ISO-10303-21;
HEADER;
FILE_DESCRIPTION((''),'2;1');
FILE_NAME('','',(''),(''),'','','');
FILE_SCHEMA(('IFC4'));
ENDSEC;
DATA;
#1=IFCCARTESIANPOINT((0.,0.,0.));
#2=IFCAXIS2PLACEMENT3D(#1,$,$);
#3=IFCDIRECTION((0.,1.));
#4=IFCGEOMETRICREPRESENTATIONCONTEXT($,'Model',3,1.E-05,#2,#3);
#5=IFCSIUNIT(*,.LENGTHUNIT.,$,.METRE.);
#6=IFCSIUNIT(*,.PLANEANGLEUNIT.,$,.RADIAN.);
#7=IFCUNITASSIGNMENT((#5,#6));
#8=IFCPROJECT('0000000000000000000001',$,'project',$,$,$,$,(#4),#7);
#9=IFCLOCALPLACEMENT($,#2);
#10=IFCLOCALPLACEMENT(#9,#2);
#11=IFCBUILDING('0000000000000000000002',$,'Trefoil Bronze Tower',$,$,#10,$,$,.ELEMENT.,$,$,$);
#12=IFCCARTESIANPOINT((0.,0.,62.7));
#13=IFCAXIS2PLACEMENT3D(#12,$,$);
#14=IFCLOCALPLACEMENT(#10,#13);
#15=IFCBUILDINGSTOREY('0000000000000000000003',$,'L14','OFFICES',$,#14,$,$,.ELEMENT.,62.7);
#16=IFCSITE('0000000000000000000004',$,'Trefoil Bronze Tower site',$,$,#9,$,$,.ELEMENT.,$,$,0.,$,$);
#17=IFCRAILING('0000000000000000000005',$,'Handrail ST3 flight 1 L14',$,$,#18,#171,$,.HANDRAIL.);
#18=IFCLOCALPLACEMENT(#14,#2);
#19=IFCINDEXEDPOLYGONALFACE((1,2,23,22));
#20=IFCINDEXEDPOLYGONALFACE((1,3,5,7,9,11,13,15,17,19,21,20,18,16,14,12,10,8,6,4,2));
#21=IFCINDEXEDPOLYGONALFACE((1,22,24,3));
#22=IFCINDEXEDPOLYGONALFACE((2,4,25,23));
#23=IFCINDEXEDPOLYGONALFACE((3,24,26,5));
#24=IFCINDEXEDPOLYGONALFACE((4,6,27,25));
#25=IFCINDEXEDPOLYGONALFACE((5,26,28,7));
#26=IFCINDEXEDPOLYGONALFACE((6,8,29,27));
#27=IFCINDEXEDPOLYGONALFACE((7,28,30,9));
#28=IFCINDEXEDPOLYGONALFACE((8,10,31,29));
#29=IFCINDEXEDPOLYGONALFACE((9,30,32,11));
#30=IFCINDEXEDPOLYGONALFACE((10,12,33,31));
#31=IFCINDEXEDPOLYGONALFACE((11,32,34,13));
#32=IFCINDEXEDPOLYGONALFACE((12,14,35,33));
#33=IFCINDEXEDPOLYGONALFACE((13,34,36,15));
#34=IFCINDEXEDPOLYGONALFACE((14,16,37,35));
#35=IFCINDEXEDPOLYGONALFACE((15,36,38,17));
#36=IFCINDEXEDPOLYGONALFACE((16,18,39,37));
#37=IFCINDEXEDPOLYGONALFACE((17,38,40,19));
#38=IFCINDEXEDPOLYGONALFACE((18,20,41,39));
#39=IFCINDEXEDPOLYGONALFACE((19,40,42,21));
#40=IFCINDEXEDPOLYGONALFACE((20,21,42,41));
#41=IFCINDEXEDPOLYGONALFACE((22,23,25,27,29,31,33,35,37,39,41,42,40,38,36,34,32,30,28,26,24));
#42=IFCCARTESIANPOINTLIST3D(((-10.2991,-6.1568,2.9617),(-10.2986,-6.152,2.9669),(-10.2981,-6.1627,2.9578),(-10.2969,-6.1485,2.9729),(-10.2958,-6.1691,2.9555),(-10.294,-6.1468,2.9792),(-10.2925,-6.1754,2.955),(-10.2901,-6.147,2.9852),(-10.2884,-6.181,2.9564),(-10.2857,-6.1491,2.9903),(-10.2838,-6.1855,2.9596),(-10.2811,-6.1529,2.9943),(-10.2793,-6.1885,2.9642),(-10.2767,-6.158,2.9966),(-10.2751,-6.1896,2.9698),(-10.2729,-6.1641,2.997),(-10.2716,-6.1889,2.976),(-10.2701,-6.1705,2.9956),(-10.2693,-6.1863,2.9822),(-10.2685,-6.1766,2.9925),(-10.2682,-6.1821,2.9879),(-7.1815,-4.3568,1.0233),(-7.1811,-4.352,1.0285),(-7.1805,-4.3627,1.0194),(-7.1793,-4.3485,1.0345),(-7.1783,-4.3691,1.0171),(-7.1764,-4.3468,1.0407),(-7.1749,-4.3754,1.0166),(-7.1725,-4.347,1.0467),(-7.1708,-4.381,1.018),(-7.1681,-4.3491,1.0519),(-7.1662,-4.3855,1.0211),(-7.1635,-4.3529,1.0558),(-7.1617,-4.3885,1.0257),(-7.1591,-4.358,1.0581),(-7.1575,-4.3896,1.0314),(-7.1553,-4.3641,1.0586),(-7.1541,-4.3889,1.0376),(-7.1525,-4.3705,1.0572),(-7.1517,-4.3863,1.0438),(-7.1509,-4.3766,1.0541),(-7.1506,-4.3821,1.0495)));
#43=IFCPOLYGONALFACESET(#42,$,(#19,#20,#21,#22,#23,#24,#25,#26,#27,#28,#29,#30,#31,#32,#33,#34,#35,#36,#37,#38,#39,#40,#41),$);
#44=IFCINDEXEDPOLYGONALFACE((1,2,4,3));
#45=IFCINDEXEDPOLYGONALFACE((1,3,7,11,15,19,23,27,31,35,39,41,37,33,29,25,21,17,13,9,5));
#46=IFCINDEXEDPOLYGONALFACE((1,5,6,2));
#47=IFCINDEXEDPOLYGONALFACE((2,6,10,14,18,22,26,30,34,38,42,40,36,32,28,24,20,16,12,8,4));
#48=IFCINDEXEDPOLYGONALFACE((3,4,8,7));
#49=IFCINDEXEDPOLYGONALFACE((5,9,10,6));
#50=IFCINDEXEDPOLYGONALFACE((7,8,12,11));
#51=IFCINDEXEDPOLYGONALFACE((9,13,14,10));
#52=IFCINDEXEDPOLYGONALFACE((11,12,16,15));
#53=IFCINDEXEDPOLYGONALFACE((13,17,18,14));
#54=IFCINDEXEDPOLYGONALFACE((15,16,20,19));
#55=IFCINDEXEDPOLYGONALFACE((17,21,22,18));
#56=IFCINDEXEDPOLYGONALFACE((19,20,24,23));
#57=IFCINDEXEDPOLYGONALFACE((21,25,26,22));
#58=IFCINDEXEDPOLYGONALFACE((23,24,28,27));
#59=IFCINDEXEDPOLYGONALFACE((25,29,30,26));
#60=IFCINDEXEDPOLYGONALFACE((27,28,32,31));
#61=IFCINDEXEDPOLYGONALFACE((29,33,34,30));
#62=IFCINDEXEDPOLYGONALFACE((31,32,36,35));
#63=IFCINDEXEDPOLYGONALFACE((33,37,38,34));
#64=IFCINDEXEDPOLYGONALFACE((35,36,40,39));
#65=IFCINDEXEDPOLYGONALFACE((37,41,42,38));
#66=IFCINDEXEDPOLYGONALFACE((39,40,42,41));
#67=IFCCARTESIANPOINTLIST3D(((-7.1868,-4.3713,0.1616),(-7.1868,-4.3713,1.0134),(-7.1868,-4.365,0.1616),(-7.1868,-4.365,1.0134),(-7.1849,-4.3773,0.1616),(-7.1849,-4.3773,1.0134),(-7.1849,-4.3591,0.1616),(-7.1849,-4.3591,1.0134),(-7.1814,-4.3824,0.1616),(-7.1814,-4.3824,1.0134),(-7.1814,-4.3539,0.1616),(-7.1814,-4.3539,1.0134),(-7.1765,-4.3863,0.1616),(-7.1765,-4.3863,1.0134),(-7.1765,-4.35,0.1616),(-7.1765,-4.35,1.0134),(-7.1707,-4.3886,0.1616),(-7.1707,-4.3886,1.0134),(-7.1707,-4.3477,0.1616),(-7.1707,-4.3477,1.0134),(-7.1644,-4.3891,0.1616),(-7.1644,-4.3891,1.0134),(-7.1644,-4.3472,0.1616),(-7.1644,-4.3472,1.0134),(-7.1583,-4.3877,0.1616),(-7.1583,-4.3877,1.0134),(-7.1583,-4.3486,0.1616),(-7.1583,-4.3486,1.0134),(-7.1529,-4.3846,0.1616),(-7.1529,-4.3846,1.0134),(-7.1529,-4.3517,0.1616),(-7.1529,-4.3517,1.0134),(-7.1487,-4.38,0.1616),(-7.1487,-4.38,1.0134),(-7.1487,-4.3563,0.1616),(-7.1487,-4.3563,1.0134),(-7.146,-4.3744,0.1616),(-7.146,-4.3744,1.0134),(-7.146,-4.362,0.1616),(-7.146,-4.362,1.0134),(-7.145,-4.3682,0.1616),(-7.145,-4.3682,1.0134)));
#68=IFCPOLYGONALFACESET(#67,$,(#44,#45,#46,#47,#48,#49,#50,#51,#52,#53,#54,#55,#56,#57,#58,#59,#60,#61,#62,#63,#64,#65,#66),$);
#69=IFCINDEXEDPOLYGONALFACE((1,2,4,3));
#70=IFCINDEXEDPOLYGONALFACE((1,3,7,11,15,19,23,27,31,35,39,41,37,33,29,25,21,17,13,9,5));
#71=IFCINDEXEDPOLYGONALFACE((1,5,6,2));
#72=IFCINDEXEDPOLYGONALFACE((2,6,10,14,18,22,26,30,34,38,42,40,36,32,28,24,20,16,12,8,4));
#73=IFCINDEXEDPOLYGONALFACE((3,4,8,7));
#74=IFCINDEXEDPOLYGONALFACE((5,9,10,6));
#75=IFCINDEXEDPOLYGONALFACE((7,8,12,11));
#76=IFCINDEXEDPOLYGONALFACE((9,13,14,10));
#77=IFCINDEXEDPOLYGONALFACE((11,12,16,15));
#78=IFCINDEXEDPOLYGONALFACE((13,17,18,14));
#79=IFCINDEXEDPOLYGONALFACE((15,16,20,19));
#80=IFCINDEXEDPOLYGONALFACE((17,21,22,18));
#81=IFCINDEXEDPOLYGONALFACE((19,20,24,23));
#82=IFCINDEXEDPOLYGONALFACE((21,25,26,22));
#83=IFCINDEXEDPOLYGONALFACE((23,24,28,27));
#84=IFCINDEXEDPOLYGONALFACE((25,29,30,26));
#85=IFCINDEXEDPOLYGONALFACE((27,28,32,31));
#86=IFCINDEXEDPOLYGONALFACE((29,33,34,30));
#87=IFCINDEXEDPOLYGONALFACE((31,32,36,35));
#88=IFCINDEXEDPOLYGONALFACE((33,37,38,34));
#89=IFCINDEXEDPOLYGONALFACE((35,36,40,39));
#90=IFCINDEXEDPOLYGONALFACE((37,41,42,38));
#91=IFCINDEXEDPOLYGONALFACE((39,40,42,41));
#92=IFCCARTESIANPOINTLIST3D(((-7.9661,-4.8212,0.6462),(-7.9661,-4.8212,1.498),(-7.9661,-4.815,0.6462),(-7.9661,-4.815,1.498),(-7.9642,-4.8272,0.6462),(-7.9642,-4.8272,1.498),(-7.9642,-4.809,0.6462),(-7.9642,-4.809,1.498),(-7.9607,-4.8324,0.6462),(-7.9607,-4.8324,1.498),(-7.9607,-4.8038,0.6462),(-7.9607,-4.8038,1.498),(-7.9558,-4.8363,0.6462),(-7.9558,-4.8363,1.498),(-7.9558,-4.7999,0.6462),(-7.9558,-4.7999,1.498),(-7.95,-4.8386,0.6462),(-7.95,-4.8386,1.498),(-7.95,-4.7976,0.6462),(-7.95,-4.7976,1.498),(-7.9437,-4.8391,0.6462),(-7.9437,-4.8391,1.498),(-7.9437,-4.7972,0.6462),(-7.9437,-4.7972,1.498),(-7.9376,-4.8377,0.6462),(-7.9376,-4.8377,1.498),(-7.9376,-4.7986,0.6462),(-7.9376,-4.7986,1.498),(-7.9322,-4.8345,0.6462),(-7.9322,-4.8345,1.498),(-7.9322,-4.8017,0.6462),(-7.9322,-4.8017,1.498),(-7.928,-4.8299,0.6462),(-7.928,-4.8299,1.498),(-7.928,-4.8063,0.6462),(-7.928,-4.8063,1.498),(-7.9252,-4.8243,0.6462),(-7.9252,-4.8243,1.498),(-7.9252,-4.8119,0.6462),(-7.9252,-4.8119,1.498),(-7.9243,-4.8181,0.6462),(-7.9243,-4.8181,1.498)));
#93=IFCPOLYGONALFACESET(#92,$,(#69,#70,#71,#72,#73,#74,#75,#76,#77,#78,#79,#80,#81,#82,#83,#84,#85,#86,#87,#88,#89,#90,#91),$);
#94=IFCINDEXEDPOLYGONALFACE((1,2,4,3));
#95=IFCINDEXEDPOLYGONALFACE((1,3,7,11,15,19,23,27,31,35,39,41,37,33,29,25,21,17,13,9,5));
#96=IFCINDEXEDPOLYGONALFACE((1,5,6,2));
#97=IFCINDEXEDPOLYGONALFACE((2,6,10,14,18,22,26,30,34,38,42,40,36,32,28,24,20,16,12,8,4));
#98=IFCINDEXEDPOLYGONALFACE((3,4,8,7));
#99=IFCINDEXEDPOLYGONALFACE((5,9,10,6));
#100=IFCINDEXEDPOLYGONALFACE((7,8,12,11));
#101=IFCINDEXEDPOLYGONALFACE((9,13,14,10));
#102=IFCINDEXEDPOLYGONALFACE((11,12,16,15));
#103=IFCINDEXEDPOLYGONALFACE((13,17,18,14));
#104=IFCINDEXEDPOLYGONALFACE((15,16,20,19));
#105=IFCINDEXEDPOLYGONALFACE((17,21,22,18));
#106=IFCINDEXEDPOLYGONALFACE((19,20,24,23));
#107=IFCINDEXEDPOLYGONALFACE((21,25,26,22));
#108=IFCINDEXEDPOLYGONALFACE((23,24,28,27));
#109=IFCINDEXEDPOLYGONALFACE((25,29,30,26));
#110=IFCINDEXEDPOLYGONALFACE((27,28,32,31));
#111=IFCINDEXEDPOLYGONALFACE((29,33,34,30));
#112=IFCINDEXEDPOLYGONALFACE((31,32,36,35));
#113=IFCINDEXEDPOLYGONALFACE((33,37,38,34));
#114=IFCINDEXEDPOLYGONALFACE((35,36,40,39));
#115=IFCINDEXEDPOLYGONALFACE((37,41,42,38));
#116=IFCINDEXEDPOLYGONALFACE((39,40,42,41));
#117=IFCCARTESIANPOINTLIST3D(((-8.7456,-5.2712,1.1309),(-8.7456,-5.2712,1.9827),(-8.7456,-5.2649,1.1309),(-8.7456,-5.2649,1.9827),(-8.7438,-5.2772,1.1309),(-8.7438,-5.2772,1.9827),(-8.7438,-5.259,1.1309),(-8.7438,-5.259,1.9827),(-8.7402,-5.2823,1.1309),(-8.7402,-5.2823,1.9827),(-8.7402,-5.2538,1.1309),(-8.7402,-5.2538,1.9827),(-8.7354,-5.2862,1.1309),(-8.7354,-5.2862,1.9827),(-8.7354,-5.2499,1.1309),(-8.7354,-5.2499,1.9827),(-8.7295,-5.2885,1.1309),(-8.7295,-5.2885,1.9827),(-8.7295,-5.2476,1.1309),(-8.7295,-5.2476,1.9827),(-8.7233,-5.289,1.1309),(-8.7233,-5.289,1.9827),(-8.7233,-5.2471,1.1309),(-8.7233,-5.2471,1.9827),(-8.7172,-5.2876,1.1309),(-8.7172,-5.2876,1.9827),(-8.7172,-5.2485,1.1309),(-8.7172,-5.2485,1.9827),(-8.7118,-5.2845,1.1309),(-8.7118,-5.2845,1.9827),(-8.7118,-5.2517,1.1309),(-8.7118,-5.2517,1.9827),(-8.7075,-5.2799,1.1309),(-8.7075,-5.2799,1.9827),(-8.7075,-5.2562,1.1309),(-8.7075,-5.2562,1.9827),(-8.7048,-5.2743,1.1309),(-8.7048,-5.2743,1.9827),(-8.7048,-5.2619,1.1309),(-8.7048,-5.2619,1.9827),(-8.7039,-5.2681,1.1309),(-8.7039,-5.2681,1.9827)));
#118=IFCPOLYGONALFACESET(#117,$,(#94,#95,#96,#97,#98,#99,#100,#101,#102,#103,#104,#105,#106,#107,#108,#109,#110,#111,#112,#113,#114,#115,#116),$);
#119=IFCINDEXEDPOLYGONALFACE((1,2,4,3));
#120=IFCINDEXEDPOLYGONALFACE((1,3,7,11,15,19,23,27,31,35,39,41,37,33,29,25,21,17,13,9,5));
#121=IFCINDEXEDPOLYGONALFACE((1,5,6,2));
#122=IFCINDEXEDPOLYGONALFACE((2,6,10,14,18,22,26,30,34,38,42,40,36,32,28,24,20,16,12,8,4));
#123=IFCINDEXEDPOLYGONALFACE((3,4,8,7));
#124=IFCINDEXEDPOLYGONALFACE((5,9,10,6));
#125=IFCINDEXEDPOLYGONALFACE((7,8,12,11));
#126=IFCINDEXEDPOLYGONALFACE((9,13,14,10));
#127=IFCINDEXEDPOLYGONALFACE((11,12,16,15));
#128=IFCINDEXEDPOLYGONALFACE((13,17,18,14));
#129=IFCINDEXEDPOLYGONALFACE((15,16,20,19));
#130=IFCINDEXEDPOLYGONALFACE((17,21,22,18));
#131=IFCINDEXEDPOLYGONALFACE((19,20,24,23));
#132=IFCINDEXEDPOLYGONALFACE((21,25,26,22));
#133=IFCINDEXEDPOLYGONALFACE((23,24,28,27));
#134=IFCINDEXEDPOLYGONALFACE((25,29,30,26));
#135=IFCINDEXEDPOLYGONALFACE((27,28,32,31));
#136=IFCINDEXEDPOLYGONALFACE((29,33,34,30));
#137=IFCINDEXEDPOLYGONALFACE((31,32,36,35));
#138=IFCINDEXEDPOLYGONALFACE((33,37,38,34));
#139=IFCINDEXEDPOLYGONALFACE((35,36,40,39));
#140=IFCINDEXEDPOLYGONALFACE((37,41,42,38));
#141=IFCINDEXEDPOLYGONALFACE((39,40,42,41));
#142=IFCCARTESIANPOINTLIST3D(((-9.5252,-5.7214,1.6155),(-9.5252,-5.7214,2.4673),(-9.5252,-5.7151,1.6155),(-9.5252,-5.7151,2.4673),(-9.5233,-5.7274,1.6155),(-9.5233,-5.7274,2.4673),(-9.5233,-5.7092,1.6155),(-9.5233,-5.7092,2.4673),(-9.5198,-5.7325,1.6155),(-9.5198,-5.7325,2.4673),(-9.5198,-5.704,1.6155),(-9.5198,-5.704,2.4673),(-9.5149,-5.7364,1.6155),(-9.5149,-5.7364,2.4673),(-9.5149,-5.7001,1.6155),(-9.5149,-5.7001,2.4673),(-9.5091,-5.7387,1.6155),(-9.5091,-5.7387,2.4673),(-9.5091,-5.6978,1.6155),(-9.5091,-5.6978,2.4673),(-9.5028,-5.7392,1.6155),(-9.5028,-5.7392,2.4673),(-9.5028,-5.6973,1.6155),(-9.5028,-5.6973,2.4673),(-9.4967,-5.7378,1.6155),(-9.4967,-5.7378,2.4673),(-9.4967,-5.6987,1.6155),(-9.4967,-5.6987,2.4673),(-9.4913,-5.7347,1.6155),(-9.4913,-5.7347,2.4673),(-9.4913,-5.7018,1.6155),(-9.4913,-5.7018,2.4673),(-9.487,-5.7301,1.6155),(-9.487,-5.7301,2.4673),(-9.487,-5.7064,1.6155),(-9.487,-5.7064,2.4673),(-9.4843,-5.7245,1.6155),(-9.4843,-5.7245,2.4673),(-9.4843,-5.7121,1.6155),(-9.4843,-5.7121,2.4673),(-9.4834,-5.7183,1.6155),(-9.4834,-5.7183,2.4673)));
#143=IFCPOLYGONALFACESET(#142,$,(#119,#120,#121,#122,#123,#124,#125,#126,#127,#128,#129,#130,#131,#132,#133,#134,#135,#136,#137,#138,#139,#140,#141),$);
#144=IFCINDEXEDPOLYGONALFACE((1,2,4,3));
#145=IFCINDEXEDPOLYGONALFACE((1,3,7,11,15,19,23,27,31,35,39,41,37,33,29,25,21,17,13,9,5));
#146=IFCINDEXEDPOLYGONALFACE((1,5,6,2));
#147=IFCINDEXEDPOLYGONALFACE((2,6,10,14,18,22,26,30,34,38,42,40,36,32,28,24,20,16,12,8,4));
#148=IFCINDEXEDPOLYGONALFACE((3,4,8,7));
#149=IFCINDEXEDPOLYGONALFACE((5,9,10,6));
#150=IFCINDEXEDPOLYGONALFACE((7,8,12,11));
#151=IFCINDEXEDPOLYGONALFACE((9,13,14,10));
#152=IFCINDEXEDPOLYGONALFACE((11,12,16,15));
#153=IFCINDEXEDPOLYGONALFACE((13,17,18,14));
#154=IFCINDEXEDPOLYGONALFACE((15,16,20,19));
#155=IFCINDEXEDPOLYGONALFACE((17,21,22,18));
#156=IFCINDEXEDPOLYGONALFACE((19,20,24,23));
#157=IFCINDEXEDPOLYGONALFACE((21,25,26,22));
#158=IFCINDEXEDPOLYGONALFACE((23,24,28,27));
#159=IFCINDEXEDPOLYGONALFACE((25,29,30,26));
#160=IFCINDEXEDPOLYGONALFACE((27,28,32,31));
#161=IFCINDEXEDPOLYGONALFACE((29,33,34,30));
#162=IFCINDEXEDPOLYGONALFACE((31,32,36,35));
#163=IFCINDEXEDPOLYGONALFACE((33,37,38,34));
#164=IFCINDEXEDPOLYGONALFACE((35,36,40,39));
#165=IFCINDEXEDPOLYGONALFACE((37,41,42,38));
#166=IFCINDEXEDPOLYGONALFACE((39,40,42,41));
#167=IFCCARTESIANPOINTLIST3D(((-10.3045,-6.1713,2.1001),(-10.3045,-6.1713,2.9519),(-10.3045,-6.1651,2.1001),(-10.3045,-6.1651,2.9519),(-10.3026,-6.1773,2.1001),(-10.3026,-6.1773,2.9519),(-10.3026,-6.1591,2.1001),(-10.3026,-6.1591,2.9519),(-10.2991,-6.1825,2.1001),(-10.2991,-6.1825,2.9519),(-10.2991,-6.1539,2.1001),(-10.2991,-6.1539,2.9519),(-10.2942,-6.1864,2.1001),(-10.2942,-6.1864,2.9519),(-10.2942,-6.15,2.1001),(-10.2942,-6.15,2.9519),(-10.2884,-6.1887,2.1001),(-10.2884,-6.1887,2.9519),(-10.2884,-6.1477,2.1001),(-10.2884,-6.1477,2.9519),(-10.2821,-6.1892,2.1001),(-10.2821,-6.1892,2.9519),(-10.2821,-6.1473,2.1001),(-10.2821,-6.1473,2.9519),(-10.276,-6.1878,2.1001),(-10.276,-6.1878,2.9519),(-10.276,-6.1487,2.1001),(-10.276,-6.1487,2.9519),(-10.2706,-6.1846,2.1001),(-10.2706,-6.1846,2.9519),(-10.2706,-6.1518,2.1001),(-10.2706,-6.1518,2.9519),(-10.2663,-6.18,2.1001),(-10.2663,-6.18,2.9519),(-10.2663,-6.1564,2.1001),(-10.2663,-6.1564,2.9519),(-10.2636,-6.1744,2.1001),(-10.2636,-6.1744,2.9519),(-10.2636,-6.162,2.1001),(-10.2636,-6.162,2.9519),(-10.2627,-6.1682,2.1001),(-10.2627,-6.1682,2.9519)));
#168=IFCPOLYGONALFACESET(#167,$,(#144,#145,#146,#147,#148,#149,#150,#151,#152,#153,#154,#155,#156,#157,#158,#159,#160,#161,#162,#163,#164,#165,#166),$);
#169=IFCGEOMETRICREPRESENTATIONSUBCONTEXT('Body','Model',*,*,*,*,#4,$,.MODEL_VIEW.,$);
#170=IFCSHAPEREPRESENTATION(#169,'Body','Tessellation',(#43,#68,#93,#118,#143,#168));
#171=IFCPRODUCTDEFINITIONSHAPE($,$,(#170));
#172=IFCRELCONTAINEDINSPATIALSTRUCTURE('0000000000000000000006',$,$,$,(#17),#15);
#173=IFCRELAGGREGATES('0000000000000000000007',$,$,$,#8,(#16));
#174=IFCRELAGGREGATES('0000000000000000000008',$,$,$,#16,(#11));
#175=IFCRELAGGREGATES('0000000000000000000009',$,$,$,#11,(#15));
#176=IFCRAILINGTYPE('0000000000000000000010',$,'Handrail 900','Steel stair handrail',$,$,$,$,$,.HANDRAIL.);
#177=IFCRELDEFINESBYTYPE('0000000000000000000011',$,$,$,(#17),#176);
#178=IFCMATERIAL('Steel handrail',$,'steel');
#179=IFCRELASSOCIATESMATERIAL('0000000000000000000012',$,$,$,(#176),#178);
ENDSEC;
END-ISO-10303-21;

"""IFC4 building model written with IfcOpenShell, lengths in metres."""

from ifc_helpers import new_model, si_unit, direction, frame, origin, origin_2d, place, context, subcontext, project, spatial, circle, extrude, material, type_object, element, save


model = new_model("IFC4")

# Units and contexts
model_context = context("Model", 3, precision=1e-05, world=origin(), true_north=direction((0.0, 1.0)))
body_context = subcontext(model_context, "Body", "Model", "MODEL_VIEW")
ifc_project = project(units=[si_unit("LENGTHUNIT", "METRE"), si_unit("PLANEANGLEUNIT", "RADIAN")], contexts=[model_context])

# Site, building, storey
site_placement = place(None, origin())
site = spatial("IfcSite", under=ifc_project, at=site_placement, Name="Trefoil Bronze Tower site", CompositionType="ELEMENT", RefElevation=0.0)
building_placement = place(site_placement, origin())
building = spatial("IfcBuilding", under=site, at=building_placement, Name="Trefoil Bronze Tower", CompositionType="ELEMENT")
storey_placement = place(building_placement, frame((0.0, 0.0, 62.7)))
storey = spatial("IfcBuildingStorey", under=building, at=storey_placement, Name="L14", Description="OFFICES", CompositionType="ELEMENT", Elevation=62.7)

# Railing
ifc_material_1 = material(Name="Steel handrail", Category="steel")
railing_type = type_object("IfcRailingType", Name="Handrail 900", Description="Steel stair handrail", PredefinedType="HANDRAIL", material=ifc_material_1)
railing_1_placement = place(storey_placement, frame((-7.166, -4.3682, 0.1616)))
element("IfcRailing", 1, at=railing_1_placement, inside=storey, type_object=railing_type, Name="Handrail ST3 flight 1 L14", PredefinedType="HANDRAIL", context=body_context, shape_type="SweptSolid", body=[
    extrude(circle(Radius=0.0239, at=origin_2d()), frame((0.0, 0.0, 0.876), z_axis=(-0.762503, -0.440246, 0.474102), x_axis=(0.500012, -0.866018, 0.0)), (0.0, 0.0, 1.0), 4.0886),
    extrude(circle(Radius=0.021, at=origin_2d()), origin(), (0.0, 0.0, 1.0), 0.8518),
    extrude(circle(Radius=0.021, at=origin_2d()), frame((-0.7793, -0.45, 0.4846)), (0.0, 0.0, 1.0), 0.8518),
    extrude(circle(Radius=0.021, at=origin_2d()), frame((-1.5588, -0.8999, 0.9692)), (0.0, 0.0, 1.0), 0.8518),
    extrude(circle(Radius=0.021, at=origin_2d()), frame((-2.3384, -1.3501, 1.4539)), (0.0, 0.0, 1.0), 0.8518),
    extrude(circle(Radius=0.021, at=origin_2d()), frame((-3.1177, -1.8, 1.9385)), (0.0, 0.0, 1.0), 0.8518),
])

save(model, "model.ifc")
